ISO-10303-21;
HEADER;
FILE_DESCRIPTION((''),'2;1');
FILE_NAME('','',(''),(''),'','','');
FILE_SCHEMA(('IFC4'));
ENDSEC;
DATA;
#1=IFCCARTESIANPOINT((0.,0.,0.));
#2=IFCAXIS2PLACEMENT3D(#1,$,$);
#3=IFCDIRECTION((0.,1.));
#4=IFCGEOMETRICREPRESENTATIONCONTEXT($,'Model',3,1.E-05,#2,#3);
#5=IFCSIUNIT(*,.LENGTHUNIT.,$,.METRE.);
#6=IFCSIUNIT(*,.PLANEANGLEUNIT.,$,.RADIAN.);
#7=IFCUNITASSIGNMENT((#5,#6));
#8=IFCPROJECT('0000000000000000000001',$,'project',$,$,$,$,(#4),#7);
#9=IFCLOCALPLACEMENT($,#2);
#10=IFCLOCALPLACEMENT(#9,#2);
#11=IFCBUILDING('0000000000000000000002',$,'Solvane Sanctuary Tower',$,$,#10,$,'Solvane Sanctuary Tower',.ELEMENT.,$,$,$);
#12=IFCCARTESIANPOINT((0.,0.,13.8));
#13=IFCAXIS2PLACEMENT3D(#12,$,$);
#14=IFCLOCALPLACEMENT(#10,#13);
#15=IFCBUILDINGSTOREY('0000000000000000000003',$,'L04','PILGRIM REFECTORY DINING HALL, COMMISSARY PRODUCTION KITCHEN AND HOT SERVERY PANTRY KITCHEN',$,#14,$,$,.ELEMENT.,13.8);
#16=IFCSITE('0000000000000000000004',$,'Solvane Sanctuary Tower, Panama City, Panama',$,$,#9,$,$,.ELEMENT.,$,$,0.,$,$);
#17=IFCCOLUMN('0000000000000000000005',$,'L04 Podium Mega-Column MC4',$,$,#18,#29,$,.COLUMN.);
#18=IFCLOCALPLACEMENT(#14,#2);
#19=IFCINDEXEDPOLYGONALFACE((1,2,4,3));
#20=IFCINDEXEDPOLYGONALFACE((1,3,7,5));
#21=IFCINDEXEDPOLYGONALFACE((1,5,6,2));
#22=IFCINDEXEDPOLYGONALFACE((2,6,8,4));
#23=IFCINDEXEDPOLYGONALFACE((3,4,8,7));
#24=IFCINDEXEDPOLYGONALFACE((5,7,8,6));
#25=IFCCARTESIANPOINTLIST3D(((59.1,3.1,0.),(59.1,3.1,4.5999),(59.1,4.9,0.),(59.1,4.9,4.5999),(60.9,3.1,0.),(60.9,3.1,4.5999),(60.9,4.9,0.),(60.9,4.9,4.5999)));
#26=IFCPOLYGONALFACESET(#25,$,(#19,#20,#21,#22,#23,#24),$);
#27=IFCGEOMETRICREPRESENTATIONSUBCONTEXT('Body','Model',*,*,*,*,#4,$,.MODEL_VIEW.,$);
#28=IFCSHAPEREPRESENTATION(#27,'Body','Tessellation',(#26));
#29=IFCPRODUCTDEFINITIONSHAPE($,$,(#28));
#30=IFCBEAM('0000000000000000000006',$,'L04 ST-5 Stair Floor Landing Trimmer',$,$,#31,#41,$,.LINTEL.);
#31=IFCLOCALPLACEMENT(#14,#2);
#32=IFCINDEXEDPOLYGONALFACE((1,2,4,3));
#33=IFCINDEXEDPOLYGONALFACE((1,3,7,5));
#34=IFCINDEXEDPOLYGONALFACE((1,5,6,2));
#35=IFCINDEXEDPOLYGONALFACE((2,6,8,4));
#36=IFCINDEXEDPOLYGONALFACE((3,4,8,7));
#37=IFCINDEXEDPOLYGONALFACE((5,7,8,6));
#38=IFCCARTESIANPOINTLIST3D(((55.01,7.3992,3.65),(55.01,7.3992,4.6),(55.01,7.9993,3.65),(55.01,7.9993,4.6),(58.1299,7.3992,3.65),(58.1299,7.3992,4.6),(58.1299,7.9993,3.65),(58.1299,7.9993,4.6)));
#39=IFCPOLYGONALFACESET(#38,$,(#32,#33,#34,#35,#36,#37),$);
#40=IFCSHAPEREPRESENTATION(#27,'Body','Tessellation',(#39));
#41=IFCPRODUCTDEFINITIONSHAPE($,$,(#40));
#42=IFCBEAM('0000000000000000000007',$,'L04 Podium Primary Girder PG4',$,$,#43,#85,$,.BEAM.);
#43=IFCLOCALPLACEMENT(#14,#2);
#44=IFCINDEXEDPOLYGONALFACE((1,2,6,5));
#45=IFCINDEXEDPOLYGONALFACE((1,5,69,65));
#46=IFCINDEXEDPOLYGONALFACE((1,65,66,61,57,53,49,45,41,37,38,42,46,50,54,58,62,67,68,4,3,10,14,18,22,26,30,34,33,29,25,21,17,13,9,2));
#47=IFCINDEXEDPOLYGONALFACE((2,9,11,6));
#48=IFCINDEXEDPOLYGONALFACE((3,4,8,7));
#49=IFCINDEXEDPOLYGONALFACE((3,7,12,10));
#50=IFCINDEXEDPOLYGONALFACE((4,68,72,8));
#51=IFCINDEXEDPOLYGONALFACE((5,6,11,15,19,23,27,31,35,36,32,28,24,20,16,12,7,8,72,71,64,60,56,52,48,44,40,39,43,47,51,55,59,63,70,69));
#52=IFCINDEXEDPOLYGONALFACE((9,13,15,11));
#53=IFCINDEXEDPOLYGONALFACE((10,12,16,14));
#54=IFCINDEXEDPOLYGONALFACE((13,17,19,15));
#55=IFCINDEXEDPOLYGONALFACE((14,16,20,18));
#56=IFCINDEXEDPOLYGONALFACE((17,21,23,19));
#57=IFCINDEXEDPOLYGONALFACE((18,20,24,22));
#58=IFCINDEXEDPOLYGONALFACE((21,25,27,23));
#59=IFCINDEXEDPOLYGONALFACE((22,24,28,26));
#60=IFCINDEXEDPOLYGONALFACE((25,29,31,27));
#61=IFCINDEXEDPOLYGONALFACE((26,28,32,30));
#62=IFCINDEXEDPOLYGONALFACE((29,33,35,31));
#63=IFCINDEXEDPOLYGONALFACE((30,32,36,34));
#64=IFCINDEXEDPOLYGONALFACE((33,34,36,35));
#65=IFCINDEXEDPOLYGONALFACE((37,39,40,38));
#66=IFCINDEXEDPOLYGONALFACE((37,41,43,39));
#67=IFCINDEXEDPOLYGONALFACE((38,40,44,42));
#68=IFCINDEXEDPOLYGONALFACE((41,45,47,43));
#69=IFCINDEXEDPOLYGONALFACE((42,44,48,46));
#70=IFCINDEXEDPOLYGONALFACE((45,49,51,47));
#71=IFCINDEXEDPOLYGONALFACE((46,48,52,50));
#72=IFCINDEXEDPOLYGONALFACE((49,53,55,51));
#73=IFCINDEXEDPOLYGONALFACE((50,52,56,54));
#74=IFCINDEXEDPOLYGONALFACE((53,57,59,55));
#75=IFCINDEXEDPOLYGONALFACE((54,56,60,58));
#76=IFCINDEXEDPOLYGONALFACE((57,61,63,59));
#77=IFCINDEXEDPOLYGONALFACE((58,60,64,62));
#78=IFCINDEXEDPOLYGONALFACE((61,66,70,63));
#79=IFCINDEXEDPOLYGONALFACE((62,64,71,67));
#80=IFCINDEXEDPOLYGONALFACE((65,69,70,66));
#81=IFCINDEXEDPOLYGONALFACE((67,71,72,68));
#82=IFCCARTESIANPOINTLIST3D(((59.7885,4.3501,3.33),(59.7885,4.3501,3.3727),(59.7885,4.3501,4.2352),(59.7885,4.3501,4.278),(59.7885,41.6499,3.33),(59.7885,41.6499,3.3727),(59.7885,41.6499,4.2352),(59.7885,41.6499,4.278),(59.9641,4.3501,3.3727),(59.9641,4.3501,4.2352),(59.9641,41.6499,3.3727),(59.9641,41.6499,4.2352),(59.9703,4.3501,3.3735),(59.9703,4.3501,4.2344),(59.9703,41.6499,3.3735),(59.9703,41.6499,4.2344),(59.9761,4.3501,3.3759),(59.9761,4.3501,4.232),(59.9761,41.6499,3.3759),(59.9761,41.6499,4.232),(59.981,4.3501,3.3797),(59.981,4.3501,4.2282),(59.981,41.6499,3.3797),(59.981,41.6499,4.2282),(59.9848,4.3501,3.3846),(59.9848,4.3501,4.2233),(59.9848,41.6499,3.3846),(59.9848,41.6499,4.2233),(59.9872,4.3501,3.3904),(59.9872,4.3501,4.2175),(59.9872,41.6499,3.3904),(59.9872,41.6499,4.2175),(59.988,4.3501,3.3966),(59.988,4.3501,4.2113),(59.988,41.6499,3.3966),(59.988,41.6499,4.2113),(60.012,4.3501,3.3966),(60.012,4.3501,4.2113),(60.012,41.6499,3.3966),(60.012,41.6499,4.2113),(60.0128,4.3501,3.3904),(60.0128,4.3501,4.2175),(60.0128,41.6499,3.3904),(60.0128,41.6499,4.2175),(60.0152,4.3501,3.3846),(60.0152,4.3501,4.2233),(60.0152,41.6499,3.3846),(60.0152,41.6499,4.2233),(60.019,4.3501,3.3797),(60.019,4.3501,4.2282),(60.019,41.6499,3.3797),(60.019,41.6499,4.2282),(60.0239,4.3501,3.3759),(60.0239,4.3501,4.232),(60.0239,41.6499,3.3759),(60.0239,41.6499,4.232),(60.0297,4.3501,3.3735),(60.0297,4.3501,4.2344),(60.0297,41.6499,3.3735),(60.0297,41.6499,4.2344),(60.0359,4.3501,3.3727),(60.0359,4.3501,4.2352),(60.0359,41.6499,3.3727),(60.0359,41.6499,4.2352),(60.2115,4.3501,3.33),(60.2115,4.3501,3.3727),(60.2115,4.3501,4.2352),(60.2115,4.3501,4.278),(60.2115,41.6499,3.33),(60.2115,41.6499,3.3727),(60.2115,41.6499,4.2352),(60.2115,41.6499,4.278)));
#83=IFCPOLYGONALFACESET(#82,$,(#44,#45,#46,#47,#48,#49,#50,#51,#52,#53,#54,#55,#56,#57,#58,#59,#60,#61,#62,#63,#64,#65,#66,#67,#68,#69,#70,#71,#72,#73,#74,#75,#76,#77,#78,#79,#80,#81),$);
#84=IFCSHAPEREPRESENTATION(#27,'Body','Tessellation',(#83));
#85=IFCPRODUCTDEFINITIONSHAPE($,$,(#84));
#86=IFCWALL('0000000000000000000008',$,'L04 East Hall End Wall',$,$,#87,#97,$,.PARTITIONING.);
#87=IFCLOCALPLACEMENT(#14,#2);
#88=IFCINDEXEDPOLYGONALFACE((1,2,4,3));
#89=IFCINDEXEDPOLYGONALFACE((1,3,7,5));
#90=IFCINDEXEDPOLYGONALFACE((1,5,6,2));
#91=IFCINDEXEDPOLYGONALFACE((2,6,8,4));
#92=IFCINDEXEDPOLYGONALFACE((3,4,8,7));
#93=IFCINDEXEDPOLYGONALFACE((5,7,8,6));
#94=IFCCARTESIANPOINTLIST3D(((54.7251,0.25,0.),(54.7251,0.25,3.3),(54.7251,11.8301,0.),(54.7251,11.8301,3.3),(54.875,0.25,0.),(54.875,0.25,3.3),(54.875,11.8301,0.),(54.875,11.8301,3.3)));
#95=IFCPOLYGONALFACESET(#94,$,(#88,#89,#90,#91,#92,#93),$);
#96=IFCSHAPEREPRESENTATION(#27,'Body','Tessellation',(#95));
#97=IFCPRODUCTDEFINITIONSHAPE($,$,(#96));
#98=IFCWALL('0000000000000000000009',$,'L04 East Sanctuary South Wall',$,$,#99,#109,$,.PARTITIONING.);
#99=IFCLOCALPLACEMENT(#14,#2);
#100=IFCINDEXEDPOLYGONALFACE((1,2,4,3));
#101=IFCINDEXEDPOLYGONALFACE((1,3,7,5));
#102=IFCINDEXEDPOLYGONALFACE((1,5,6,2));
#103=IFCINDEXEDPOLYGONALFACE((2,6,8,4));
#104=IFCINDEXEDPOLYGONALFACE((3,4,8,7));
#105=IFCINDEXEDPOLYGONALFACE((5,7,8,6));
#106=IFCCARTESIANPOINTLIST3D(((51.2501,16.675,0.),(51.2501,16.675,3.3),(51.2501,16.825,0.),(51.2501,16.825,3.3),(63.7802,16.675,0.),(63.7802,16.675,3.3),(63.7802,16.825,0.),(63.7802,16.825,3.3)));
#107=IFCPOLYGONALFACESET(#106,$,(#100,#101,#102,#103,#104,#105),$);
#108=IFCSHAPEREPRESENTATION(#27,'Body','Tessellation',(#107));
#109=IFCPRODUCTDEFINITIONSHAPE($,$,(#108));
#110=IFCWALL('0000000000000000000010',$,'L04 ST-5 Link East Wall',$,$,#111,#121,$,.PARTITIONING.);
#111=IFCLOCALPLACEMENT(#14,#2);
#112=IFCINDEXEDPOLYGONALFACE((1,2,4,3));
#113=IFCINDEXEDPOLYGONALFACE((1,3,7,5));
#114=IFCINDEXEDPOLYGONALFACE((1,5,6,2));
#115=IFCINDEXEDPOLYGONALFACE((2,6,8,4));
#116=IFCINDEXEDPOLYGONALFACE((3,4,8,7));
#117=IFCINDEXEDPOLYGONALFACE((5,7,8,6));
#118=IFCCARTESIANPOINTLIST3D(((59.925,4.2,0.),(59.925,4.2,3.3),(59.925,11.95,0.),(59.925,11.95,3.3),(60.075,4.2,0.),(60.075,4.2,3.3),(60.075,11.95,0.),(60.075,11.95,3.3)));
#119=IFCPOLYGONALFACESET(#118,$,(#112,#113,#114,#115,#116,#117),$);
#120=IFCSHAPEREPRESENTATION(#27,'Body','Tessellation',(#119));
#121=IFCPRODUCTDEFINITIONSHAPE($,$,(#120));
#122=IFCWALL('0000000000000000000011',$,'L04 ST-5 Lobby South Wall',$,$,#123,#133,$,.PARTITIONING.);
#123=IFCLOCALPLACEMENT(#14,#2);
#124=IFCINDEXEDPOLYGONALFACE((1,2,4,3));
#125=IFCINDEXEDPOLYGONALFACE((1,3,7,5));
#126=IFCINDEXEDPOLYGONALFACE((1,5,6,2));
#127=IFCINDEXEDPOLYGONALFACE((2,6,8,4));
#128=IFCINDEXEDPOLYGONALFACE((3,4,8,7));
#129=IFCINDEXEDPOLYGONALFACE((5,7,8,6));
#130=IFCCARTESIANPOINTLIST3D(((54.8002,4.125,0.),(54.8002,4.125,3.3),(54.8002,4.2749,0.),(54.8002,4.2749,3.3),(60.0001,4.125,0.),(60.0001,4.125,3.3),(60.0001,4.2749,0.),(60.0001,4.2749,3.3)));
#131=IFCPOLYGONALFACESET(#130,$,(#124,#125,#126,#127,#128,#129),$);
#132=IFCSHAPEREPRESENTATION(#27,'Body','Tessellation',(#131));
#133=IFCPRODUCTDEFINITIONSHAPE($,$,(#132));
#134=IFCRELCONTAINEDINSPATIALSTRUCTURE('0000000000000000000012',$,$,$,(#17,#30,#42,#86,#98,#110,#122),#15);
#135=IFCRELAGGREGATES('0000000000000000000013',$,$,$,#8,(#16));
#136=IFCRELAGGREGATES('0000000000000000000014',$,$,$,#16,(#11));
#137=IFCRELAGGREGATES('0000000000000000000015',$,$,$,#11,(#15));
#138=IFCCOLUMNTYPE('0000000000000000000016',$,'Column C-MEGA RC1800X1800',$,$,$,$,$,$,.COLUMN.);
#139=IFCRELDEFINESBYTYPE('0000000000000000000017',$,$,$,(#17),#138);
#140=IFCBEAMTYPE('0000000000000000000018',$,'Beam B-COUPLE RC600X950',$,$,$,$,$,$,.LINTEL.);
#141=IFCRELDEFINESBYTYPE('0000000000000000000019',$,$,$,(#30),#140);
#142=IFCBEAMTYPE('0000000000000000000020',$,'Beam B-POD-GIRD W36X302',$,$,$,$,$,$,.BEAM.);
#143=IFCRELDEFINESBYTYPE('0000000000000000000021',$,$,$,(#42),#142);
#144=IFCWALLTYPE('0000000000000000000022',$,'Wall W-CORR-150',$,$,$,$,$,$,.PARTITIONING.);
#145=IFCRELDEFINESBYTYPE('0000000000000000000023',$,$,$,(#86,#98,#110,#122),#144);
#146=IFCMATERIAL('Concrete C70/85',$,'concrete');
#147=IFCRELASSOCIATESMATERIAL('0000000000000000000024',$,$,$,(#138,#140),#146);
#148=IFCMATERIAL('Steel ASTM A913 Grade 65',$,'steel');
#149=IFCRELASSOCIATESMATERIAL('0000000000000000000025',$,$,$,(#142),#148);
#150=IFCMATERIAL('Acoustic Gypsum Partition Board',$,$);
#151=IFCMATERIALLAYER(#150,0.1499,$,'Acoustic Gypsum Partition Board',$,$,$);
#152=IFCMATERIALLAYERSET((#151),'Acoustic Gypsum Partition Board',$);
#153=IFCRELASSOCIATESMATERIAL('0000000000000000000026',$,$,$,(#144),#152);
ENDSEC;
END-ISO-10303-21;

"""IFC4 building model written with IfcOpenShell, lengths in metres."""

from ifc_helpers import new_model, si_unit, direction, frame, frame_2d, origin, origin_2d, place, context, subcontext, project, spatial, rectangle, i_section, extrude, material, layer, layer_set, material_profile, profile_set, type_object, element, save


model = new_model("IFC4")

# Units and contexts
model_context = context("Model", 3, precision=1e-05, world=origin(), true_north=direction((0.0, 1.0)))
body_context = subcontext(model_context, "Body", "Model", "MODEL_VIEW")
ifc_project = project(units=[si_unit("LENGTHUNIT", "METRE"), si_unit("PLANEANGLEUNIT", "RADIAN")], contexts=[model_context])

# Site, building, storey
site_placement = place(None, origin())
site = spatial("IfcSite", under=ifc_project, at=site_placement, Name="Solvane Sanctuary Tower, Panama City, Panama", CompositionType="ELEMENT", RefElevation=0.0)
building_placement = place(site_placement, origin())
building = spatial("IfcBuilding", under=site, at=building_placement, Name="Solvane Sanctuary Tower", LongName="Solvane Sanctuary Tower", CompositionType="ELEMENT")
storey_placement = place(building_placement, frame((0.0, 0.0, 13.8)))
storey = spatial("IfcBuildingStorey", under=building, at=storey_placement, Name="L04", Description="PILGRIM REFECTORY DINING HALL, COMMISSARY PRODUCTION KITCHEN AND HOT SERVERY PANTRY KITCHEN", CompositionType="ELEMENT", Elevation=13.8)

# Column
ifc_material_1 = material(Name="Concrete C70/85", Category="concrete")
ifc_material_profile_1 = material_profile(ifc_material_1, rectangle(XDim=1.8, YDim=1.8, at=origin_2d()), Name="RC1800X1800")
ifc_profile_set_1 = profile_set([ifc_material_profile_1], Name="Concrete C70/85")
column_type = type_object("IfcColumnType", Name="Column C-MEGA RC1800X1800", PredefinedType="COLUMN", material=ifc_profile_set_1)
column_placement = place(storey_placement, frame((60.0, 4.0, 0.0), z_axis=(0.0, 0.0, 1.0), x_axis=(1.0, 0.0, 0.0)))
element("IfcColumn", 1, at=column_placement, inside=storey, type_object=column_type, Name="L04 Podium Mega-Column MC4", PredefinedType="COLUMN", context=body_context, shape_type="SweptSolid", body=[
    extrude(rectangle(XDim=1.8, YDim=1.8, at=origin_2d()), origin(), (0.0, 0.0, 1.0), 4.5999),
])

# Beams
ifc_material_profile_2 = material_profile(ifc_material_1, rectangle(XDim=0.6001, YDim=0.95, at=origin_2d()), Name="RC600X950")
ifc_profile_set_2 = profile_set([ifc_material_profile_2], Name="Concrete C70/85")
beam_type_1 = type_object("IfcBeamType", Name="Beam B-COUPLE RC600X950", PredefinedType="LINTEL", material=ifc_profile_set_2)
beam_1_placement = place(storey_placement, frame((55.01, 7.6992, 4.125), z_axis=(1.0, 0.0, 0.0), x_axis=(0.0, 1.0, 0.0)))
element("IfcBeam", 2, at=beam_1_placement, inside=storey, type_object=beam_type_1, Name="L04 ST-5 Stair Floor Landing Trimmer", PredefinedType="LINTEL", context=body_context, shape_type="SweptSolid", body=[
    extrude(rectangle(XDim=0.6001, YDim=0.95, at=origin_2d()), origin(), (0.0, 0.0, 1.0), 3.1199),
])
ifc_material_2 = material(Name="Steel ASTM A913 Grade 65", Category="steel")
ifc_material_profile_3 = material_profile(ifc_material_2, i_section(OverallWidth=0.4231, OverallDepth=0.948, WebThickness=0.0239, FlangeThickness=0.0427, FilletRadius=0.0239, at=origin_2d()), Name="W36X302")
ifc_profile_set_3 = profile_set([ifc_material_profile_3], Name="Steel ASTM A913 Grade 65")
beam_type_2 = type_object("IfcBeamType", Name="Beam B-POD-GIRD W36X302", PredefinedType="BEAM", material=ifc_profile_set_3)
beam_2_placement = place(storey_placement, frame((60.0, 4.3501, 3.804), z_axis=(0.0, 1.0, 0.0), x_axis=(-1.0, 0.0, 0.0)))
element("IfcBeam", 3, at=beam_2_placement, inside=storey, type_object=beam_type_2, Name="L04 Podium Primary Girder PG4", PredefinedType="BEAM", context=body_context, shape_type="SweptSolid", body=[
    extrude(i_section(OverallWidth=0.4231, OverallDepth=0.948, WebThickness=0.0239, FlangeThickness=0.0427, FilletRadius=0.0239, at=origin_2d()), origin(), (0.0, 0.0, 1.0), 37.2998),
])

# Walls
ifc_material_3 = material(Name="Acoustic Gypsum Partition Board")
ifc_layer_1 = layer(ifc_material_3, 0.1499, Name="Acoustic Gypsum Partition Board")
ifc_layer_set_1 = layer_set([ifc_layer_1], Name="Acoustic Gypsum Partition Board")
wall_type_1 = type_object("IfcWallType", Name="Wall W-CORR-150", PredefinedType="PARTITIONING", material=ifc_layer_set_1)
wall_1_placement = place(storey_placement, frame((54.8, 0.25, 0.0), z_axis=(0.0, 0.0, 1.0), x_axis=(0.0, 1.0, 0.0)))
element("IfcWall", 4, at=wall_1_placement, inside=storey, type_object=wall_type_1, Name="L04 East Hall End Wall", PredefinedType="PARTITIONING", context=body_context, shape_type="SweptSolid", body=[
    extrude(rectangle(XDim=11.5801, YDim=0.1499, at=frame_2d((5.79, 0.0))), origin(), (0.0, 0.0, 1.0), 3.3),
])
wall_2_placement = place(storey_placement, frame((51.25, 16.75, 0.0), z_axis=(0.0, 0.0, 1.0), x_axis=(1.0, 0.0, 0.0)))
element("IfcWall", 5, at=wall_2_placement, inside=storey, type_object=wall_type_1, Name="L04 East Sanctuary South Wall", PredefinedType="PARTITIONING", context=body_context, shape_type="SweptSolid", body=[
    extrude(rectangle(XDim=12.53, YDim=0.1499, at=frame_2d((6.2651, 0.0))), origin(), (0.0, 0.0, 1.0), 3.3),
])
wall_3_placement = place(storey_placement, frame((60.0, 4.2, 0.0), z_axis=(0.0, 0.0, 1.0), x_axis=(0.0, 1.0, 0.0)))
element("IfcWall", 6, at=wall_3_placement, inside=storey, type_object=wall_type_1, Name="L04 ST-5 Link East Wall", PredefinedType="PARTITIONING", context=body_context, shape_type="SweptSolid", body=[
    extrude(rectangle(XDim=7.75, YDim=0.1499, at=frame_2d((3.875, 0.0))), origin(), (0.0, 0.0, 1.0), 3.3),
])
wall_4_placement = place(storey_placement, frame((54.8, 4.2, 0.0), z_axis=(0.0, 0.0, 1.0), x_axis=(1.0, 0.0, 0.0)))
element("IfcWall", 7, at=wall_4_placement, inside=storey, type_object=wall_type_1, Name="L04 ST-5 Lobby South Wall", PredefinedType="PARTITIONING", context=body_context, shape_type="SweptSolid", body=[
    extrude(rectangle(XDim=5.2, YDim=0.1499, at=frame_2d((2.6001, 0.0))), origin(), (0.0, 0.0, 1.0), 3.3),
])

save(model, "model.ifc")
